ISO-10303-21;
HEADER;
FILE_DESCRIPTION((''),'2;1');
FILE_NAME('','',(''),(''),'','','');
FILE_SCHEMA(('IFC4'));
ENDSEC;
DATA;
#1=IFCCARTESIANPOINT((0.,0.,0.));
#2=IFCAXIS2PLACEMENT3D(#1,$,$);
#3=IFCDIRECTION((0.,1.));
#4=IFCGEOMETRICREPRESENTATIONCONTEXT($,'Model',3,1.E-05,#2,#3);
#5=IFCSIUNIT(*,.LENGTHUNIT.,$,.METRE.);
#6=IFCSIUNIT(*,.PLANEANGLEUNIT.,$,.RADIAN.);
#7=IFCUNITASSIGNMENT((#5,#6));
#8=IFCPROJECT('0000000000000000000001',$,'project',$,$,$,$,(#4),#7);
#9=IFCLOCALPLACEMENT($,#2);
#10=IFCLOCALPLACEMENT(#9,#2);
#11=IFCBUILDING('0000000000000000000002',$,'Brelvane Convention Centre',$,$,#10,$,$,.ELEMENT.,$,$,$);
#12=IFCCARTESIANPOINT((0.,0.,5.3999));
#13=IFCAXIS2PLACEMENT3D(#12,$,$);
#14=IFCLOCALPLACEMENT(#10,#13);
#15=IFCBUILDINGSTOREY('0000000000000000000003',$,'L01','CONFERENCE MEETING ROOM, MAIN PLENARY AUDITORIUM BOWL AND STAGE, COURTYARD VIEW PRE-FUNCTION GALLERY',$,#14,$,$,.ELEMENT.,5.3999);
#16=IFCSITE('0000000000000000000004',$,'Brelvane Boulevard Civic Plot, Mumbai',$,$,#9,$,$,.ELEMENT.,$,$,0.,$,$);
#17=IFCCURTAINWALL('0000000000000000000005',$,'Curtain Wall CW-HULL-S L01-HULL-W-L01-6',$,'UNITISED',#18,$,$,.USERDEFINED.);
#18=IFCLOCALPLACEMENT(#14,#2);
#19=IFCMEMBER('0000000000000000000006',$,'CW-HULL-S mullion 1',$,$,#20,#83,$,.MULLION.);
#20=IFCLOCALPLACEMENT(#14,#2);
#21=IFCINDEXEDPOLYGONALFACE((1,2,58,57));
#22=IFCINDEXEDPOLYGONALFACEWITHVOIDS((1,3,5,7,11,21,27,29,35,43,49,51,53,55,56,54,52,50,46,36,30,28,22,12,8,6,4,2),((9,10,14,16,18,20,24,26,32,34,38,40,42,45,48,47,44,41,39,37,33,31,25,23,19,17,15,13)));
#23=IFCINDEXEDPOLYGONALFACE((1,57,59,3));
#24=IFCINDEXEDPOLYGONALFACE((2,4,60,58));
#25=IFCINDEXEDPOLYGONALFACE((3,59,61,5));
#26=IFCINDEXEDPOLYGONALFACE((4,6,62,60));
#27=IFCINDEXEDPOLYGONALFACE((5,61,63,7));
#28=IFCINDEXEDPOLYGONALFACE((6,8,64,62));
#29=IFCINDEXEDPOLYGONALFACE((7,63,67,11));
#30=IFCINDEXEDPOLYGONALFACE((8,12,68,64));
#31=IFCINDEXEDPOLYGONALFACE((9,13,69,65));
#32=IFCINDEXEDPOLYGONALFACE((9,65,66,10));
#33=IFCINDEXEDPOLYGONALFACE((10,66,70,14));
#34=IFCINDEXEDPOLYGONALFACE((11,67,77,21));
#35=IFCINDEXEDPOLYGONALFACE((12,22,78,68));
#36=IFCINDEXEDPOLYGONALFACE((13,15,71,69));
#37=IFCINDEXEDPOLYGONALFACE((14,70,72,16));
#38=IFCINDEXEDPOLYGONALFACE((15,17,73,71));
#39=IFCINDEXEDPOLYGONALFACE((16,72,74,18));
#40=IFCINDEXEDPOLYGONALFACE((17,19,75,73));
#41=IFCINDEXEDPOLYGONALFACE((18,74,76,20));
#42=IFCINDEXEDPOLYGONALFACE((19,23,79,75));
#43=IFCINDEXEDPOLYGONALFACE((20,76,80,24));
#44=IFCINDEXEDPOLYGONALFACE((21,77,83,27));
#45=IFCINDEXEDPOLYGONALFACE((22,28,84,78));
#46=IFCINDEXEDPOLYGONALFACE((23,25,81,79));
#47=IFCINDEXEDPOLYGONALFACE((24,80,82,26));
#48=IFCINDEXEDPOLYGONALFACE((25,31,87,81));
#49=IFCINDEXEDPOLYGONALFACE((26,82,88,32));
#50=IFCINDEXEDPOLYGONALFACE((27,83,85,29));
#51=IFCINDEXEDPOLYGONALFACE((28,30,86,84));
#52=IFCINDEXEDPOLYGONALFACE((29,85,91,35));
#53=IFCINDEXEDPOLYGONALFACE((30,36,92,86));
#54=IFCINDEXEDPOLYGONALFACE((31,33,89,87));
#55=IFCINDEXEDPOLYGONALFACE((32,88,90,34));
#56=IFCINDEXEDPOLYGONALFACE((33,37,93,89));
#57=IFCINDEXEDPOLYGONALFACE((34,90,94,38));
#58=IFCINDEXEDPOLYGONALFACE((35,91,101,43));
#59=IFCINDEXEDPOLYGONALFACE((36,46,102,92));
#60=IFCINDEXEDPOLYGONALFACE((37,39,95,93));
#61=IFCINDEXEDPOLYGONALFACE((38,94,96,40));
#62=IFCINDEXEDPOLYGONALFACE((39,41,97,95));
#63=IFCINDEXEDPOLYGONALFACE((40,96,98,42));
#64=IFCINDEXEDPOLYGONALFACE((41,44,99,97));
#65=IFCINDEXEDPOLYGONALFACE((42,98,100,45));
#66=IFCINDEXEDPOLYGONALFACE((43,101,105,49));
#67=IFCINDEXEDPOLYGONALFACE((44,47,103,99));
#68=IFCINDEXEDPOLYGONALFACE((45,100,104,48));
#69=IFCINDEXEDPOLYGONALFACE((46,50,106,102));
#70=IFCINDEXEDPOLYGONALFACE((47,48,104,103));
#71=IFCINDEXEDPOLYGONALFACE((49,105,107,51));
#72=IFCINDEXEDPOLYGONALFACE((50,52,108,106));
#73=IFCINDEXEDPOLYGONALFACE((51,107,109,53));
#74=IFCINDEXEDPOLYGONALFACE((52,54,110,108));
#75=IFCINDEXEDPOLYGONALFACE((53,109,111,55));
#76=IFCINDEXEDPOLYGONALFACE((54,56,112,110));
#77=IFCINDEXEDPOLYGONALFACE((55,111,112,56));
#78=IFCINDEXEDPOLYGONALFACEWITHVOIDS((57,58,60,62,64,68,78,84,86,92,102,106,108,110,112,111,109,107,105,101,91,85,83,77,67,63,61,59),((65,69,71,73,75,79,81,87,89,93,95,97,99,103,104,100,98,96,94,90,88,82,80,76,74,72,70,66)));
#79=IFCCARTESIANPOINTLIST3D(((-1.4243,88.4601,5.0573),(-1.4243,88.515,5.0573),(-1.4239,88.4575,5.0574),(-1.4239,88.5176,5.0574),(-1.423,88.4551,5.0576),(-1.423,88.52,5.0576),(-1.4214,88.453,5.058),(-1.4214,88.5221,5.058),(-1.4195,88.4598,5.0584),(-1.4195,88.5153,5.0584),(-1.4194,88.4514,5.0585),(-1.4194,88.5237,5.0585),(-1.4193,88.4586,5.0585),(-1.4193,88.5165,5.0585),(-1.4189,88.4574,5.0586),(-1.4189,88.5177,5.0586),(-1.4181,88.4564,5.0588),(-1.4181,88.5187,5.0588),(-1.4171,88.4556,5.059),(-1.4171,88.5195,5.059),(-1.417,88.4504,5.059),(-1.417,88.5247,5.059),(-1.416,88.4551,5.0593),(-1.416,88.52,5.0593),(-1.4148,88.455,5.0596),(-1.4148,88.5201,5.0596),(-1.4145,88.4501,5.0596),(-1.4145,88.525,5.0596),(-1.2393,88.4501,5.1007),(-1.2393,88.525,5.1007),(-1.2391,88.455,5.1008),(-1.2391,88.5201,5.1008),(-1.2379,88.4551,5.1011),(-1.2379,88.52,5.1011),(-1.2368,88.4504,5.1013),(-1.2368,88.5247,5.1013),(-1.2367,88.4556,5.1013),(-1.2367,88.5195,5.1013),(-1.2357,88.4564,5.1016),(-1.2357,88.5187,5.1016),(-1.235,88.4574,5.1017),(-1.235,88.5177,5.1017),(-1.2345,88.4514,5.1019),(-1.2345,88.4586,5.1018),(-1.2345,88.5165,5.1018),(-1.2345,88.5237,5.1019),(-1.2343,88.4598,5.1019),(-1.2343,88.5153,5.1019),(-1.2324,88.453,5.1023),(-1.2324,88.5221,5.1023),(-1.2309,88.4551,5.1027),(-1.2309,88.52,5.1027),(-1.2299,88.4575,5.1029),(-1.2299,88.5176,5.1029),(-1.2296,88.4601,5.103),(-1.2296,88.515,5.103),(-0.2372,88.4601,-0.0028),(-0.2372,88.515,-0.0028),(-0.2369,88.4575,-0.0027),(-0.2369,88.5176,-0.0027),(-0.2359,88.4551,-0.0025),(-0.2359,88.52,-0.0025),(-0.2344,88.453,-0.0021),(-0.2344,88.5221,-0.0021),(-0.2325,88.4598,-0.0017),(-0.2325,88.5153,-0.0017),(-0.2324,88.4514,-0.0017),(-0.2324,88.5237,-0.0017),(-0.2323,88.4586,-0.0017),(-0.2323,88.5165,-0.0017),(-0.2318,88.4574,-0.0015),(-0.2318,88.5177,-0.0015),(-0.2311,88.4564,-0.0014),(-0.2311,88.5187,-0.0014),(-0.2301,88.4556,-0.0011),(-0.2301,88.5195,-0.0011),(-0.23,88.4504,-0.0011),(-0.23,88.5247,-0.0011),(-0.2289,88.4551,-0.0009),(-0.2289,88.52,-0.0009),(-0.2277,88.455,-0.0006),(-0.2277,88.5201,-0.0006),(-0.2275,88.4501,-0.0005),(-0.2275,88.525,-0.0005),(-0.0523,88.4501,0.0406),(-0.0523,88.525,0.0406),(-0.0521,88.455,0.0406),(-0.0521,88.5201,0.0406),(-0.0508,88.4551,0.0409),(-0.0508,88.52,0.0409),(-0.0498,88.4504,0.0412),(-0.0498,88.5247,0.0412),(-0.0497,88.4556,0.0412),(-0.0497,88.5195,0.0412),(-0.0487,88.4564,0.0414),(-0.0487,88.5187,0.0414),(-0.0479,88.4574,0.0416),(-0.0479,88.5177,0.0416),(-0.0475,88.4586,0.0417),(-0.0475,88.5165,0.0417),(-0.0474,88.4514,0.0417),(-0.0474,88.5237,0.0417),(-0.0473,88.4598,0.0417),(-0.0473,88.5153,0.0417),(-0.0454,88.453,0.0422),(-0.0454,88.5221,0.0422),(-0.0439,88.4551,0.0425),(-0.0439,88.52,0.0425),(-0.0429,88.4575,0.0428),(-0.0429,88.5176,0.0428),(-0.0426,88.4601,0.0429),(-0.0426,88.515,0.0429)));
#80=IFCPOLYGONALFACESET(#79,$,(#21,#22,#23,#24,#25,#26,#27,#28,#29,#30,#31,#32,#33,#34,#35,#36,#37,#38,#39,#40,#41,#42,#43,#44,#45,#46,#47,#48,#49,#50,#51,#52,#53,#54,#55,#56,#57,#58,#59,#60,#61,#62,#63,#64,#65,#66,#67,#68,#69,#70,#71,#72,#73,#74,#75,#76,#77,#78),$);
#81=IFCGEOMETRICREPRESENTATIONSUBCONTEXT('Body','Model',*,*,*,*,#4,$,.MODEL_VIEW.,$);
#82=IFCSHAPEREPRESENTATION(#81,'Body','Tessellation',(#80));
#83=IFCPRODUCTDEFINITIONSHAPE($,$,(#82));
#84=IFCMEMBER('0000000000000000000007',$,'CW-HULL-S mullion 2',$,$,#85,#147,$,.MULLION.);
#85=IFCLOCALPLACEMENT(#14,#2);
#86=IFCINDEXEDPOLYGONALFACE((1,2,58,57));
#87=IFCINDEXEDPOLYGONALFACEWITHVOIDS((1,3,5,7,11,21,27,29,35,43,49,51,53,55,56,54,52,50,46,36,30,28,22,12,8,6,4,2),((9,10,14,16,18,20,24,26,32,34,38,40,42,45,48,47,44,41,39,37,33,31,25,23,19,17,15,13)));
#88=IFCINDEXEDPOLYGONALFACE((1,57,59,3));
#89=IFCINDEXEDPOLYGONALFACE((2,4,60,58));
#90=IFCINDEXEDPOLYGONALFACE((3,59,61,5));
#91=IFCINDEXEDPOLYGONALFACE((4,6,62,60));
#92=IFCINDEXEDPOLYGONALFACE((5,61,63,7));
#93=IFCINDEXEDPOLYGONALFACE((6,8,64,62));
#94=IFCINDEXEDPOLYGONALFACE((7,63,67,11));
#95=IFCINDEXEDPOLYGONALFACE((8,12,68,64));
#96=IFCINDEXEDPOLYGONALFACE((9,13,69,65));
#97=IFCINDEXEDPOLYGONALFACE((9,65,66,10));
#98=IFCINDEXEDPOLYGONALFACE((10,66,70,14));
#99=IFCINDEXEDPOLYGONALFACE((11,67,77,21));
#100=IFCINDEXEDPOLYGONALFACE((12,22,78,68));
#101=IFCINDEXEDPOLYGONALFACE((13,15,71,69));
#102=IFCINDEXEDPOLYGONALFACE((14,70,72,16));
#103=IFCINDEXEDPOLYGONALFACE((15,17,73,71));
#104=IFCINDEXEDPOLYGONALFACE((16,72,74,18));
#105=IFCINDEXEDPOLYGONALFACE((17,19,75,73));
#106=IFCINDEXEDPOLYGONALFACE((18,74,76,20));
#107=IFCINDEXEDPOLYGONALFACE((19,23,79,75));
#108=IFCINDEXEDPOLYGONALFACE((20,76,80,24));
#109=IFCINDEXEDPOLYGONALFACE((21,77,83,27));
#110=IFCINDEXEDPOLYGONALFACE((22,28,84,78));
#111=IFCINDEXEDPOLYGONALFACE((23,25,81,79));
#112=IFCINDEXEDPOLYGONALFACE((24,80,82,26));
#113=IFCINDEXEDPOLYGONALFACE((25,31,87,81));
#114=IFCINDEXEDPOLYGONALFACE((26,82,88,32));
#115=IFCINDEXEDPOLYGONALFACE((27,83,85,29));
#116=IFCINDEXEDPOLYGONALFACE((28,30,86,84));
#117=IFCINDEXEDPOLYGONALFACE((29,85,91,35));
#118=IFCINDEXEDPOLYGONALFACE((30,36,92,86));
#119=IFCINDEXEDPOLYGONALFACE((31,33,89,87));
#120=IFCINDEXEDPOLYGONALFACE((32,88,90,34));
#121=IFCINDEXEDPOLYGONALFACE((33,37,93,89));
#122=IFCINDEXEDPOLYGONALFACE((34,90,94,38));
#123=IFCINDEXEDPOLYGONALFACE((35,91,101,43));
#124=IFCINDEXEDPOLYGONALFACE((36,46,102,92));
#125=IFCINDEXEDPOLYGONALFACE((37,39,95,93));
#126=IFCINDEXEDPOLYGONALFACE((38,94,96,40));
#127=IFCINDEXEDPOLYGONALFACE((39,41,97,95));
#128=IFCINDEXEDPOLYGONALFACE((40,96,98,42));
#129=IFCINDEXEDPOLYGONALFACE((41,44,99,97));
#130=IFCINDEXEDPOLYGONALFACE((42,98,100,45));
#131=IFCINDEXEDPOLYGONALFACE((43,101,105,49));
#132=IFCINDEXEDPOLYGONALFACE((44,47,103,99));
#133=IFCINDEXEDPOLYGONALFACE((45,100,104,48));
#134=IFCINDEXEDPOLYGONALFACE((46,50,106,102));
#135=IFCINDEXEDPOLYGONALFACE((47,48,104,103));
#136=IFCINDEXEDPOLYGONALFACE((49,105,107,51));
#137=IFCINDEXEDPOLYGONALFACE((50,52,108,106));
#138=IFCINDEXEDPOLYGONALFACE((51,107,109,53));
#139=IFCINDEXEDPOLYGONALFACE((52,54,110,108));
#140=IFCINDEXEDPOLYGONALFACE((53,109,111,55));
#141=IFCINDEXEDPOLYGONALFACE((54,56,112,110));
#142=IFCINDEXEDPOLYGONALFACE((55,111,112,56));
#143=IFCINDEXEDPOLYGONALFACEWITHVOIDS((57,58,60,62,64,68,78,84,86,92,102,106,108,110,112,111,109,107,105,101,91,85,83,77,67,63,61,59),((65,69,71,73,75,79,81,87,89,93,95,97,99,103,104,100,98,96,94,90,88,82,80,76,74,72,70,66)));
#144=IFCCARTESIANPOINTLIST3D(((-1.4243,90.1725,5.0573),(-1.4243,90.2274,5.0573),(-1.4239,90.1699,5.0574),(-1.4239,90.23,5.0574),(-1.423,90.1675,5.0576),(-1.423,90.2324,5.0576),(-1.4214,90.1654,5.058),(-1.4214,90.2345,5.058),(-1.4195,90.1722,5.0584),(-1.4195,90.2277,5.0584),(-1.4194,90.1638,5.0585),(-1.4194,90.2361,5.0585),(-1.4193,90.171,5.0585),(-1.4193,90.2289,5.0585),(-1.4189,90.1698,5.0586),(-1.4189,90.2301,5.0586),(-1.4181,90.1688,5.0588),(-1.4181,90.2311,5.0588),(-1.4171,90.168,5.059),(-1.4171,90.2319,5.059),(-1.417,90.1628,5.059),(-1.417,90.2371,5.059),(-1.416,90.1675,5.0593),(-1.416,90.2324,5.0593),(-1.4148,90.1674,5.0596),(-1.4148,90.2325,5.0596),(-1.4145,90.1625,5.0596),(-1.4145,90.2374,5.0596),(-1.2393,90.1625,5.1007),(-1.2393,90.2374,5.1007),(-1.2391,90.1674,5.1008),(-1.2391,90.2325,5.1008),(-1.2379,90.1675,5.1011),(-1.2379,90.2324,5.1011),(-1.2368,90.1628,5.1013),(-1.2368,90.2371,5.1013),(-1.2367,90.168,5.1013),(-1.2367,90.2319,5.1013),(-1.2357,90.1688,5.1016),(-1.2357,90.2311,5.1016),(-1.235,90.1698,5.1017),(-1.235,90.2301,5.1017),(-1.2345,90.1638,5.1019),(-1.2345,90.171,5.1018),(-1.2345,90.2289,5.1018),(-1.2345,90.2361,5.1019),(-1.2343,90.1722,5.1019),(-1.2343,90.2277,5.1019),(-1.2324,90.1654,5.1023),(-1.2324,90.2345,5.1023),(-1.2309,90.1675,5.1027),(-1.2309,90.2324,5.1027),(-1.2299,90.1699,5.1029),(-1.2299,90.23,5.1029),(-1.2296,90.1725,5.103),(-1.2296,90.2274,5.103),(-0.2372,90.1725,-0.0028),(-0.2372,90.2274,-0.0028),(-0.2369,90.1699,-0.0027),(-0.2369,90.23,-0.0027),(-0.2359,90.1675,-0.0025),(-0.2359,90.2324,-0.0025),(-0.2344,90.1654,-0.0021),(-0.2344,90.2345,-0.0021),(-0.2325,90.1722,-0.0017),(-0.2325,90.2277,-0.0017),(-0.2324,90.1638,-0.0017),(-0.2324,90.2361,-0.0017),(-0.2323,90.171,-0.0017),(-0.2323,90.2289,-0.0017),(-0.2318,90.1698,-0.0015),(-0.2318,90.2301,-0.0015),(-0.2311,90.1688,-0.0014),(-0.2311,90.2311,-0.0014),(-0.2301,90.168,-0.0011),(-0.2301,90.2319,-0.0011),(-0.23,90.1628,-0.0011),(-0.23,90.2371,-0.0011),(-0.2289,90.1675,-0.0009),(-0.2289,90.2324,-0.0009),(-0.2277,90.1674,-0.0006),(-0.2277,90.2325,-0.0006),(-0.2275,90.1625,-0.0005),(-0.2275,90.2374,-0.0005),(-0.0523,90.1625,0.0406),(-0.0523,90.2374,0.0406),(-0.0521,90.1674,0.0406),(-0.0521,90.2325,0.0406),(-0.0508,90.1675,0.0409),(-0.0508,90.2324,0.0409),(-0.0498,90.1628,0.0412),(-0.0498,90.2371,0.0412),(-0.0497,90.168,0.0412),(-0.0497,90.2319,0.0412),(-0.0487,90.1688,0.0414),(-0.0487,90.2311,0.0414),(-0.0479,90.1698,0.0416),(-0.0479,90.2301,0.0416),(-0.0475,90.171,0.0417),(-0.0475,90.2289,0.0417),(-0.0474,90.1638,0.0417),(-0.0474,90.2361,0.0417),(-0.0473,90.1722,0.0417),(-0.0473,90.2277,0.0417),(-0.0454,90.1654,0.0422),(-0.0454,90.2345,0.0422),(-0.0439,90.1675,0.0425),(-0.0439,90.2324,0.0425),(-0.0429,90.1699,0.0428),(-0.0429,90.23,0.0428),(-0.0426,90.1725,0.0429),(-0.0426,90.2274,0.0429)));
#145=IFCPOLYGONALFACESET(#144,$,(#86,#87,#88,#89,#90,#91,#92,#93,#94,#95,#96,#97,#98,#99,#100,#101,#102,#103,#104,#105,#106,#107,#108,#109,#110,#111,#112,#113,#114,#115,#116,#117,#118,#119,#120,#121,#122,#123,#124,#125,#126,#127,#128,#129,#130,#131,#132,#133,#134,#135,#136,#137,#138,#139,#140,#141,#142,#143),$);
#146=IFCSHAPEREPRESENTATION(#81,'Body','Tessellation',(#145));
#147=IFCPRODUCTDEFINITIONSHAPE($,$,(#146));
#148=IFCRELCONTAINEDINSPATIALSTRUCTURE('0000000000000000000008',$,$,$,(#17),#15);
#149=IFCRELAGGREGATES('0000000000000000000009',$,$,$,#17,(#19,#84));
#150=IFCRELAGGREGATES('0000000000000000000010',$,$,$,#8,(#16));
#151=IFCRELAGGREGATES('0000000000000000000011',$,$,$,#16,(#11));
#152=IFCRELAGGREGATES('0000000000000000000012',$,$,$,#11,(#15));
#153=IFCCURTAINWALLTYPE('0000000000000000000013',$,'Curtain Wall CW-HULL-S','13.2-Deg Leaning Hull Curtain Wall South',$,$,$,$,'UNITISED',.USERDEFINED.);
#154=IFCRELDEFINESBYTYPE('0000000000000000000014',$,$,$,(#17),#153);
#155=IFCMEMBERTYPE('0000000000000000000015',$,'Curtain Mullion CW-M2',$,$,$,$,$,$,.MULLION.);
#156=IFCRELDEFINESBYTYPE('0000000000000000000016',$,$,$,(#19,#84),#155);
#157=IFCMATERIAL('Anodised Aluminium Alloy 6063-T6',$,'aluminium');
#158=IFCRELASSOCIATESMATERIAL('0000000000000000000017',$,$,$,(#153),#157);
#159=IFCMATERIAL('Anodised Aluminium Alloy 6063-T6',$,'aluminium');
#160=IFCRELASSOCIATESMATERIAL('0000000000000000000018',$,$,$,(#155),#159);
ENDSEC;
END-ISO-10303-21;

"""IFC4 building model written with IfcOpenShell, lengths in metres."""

from ifc_helpers import new_model, si_unit, direction, frame, origin, origin_2d, place, context, subcontext, project, spatial, hollow_rectangle, extrude, material, material_profile, profile_set, type_object, element, aggregate, save


model = new_model("IFC4")

# Units and contexts
model_context = context("Model", 3, precision=1e-05, world=origin(), true_north=direction((0.0, 1.0)))
body_context = subcontext(model_context, "Body", "Model", "MODEL_VIEW")
ifc_project = project(units=[si_unit("LENGTHUNIT", "METRE"), si_unit("PLANEANGLEUNIT", "RADIAN")], contexts=[model_context])

# Site, building, storey
site_placement = place(None, origin())
site = spatial("IfcSite", under=ifc_project, at=site_placement, Name="Brelvane Boulevard Civic Plot, Mumbai", CompositionType="ELEMENT", RefElevation=0.0)
building_placement = place(site_placement, origin())
building = spatial("IfcBuilding", under=site, at=building_placement, Name="Brelvane Convention Centre", CompositionType="ELEMENT")
storey_placement = place(building_placement, frame((0.0, 0.0, 5.3999)))
storey = spatial("IfcBuildingStorey", under=building, at=storey_placement, Name="L01", Description="CONFERENCE MEETING ROOM, MAIN PLENARY AUDITORIUM BOWL AND STAGE, COURTYARD VIEW PRE-FUNCTION GALLERY", CompositionType="ELEMENT", Elevation=5.3999)

# Shared definitions
ifc_material_1 = material(Name="Anodised Aluminium Alloy 6063-T6", Category="aluminium")
curtain_wall_type = type_object("IfcCurtainWallType", Name="Curtain Wall CW-HULL-S", Description="13.2-Deg Leaning Hull Curtain Wall South", ElementType="UNITISED", PredefinedType="USERDEFINED", material=ifc_material_1)
ifc_material_2 = material(Name="Anodised Aluminium Alloy 6063-T6", Category="aluminium")
ifc_material_profile_1 = material_profile(ifc_material_2, hollow_rectangle(XDim=0.075, YDim=0.2, WallThickness=0.0049, InnerFilletRadius=0.0049, OuterFilletRadius=0.01, at=origin_2d()), Name="ALU-M 200x75x5.0")
ifc_profile_set_1 = profile_set([ifc_material_profile_1], Name="Anodised Aluminium Alloy 6063-T6")
member_type_1 = type_object("IfcMemberType", Name="Curtain Mullion CW-M2", PredefinedType="MULLION", material=ifc_profile_set_1)

# Curtain wall, members
curtain_wall_1_placement = place(storey_placement, origin())
curtain_wall_1 = element("IfcCurtainWall", 1, at=curtain_wall_1_placement, inside=storey, type_object=curtain_wall_type, Name="Curtain Wall CW-HULL-S L01-HULL-W-L01-6", ObjectType="UNITISED", PredefinedType="USERDEFINED")
member_1_placement = place(storey_placement, frame((-0.1399, 88.4875, 0.02), z_axis=(-0.228385, 0.0, 0.973571), x_axis=(0.0, -1.0, 0.0)))
member_1 = element("IfcMember", 2, at=member_1_placement, type_object=member_type_1, Name="CW-HULL-S mullion 1", PredefinedType="MULLION", context=body_context, shape_type="SweptSolid", body=[
    extrude(hollow_rectangle(XDim=0.075, YDim=0.2, WallThickness=0.0049, InnerFilletRadius=0.0049, OuterFilletRadius=0.01, at=origin_2d()), origin(), (0.0, 0.0, 1.0), 5.1975),
])
member_2_placement = place(storey_placement, frame((-0.1399, 90.2, 0.02), z_axis=(-0.228385, 0.0, 0.973571), x_axis=(0.0, -1.0, 0.0)))
member_2 = element("IfcMember", 3, at=member_2_placement, type_object=member_type_1, Name="CW-HULL-S mullion 2", PredefinedType="MULLION", context=body_context, shape_type="SweptSolid", body=[
    extrude(hollow_rectangle(XDim=0.075, YDim=0.2, WallThickness=0.0049, InnerFilletRadius=0.0049, OuterFilletRadius=0.01, at=origin_2d()), origin(), (0.0, 0.0, 1.0), 5.1975),
])

aggregate(curtain_wall_1, [member_1, member_2])

save(model, "model.ifc")
